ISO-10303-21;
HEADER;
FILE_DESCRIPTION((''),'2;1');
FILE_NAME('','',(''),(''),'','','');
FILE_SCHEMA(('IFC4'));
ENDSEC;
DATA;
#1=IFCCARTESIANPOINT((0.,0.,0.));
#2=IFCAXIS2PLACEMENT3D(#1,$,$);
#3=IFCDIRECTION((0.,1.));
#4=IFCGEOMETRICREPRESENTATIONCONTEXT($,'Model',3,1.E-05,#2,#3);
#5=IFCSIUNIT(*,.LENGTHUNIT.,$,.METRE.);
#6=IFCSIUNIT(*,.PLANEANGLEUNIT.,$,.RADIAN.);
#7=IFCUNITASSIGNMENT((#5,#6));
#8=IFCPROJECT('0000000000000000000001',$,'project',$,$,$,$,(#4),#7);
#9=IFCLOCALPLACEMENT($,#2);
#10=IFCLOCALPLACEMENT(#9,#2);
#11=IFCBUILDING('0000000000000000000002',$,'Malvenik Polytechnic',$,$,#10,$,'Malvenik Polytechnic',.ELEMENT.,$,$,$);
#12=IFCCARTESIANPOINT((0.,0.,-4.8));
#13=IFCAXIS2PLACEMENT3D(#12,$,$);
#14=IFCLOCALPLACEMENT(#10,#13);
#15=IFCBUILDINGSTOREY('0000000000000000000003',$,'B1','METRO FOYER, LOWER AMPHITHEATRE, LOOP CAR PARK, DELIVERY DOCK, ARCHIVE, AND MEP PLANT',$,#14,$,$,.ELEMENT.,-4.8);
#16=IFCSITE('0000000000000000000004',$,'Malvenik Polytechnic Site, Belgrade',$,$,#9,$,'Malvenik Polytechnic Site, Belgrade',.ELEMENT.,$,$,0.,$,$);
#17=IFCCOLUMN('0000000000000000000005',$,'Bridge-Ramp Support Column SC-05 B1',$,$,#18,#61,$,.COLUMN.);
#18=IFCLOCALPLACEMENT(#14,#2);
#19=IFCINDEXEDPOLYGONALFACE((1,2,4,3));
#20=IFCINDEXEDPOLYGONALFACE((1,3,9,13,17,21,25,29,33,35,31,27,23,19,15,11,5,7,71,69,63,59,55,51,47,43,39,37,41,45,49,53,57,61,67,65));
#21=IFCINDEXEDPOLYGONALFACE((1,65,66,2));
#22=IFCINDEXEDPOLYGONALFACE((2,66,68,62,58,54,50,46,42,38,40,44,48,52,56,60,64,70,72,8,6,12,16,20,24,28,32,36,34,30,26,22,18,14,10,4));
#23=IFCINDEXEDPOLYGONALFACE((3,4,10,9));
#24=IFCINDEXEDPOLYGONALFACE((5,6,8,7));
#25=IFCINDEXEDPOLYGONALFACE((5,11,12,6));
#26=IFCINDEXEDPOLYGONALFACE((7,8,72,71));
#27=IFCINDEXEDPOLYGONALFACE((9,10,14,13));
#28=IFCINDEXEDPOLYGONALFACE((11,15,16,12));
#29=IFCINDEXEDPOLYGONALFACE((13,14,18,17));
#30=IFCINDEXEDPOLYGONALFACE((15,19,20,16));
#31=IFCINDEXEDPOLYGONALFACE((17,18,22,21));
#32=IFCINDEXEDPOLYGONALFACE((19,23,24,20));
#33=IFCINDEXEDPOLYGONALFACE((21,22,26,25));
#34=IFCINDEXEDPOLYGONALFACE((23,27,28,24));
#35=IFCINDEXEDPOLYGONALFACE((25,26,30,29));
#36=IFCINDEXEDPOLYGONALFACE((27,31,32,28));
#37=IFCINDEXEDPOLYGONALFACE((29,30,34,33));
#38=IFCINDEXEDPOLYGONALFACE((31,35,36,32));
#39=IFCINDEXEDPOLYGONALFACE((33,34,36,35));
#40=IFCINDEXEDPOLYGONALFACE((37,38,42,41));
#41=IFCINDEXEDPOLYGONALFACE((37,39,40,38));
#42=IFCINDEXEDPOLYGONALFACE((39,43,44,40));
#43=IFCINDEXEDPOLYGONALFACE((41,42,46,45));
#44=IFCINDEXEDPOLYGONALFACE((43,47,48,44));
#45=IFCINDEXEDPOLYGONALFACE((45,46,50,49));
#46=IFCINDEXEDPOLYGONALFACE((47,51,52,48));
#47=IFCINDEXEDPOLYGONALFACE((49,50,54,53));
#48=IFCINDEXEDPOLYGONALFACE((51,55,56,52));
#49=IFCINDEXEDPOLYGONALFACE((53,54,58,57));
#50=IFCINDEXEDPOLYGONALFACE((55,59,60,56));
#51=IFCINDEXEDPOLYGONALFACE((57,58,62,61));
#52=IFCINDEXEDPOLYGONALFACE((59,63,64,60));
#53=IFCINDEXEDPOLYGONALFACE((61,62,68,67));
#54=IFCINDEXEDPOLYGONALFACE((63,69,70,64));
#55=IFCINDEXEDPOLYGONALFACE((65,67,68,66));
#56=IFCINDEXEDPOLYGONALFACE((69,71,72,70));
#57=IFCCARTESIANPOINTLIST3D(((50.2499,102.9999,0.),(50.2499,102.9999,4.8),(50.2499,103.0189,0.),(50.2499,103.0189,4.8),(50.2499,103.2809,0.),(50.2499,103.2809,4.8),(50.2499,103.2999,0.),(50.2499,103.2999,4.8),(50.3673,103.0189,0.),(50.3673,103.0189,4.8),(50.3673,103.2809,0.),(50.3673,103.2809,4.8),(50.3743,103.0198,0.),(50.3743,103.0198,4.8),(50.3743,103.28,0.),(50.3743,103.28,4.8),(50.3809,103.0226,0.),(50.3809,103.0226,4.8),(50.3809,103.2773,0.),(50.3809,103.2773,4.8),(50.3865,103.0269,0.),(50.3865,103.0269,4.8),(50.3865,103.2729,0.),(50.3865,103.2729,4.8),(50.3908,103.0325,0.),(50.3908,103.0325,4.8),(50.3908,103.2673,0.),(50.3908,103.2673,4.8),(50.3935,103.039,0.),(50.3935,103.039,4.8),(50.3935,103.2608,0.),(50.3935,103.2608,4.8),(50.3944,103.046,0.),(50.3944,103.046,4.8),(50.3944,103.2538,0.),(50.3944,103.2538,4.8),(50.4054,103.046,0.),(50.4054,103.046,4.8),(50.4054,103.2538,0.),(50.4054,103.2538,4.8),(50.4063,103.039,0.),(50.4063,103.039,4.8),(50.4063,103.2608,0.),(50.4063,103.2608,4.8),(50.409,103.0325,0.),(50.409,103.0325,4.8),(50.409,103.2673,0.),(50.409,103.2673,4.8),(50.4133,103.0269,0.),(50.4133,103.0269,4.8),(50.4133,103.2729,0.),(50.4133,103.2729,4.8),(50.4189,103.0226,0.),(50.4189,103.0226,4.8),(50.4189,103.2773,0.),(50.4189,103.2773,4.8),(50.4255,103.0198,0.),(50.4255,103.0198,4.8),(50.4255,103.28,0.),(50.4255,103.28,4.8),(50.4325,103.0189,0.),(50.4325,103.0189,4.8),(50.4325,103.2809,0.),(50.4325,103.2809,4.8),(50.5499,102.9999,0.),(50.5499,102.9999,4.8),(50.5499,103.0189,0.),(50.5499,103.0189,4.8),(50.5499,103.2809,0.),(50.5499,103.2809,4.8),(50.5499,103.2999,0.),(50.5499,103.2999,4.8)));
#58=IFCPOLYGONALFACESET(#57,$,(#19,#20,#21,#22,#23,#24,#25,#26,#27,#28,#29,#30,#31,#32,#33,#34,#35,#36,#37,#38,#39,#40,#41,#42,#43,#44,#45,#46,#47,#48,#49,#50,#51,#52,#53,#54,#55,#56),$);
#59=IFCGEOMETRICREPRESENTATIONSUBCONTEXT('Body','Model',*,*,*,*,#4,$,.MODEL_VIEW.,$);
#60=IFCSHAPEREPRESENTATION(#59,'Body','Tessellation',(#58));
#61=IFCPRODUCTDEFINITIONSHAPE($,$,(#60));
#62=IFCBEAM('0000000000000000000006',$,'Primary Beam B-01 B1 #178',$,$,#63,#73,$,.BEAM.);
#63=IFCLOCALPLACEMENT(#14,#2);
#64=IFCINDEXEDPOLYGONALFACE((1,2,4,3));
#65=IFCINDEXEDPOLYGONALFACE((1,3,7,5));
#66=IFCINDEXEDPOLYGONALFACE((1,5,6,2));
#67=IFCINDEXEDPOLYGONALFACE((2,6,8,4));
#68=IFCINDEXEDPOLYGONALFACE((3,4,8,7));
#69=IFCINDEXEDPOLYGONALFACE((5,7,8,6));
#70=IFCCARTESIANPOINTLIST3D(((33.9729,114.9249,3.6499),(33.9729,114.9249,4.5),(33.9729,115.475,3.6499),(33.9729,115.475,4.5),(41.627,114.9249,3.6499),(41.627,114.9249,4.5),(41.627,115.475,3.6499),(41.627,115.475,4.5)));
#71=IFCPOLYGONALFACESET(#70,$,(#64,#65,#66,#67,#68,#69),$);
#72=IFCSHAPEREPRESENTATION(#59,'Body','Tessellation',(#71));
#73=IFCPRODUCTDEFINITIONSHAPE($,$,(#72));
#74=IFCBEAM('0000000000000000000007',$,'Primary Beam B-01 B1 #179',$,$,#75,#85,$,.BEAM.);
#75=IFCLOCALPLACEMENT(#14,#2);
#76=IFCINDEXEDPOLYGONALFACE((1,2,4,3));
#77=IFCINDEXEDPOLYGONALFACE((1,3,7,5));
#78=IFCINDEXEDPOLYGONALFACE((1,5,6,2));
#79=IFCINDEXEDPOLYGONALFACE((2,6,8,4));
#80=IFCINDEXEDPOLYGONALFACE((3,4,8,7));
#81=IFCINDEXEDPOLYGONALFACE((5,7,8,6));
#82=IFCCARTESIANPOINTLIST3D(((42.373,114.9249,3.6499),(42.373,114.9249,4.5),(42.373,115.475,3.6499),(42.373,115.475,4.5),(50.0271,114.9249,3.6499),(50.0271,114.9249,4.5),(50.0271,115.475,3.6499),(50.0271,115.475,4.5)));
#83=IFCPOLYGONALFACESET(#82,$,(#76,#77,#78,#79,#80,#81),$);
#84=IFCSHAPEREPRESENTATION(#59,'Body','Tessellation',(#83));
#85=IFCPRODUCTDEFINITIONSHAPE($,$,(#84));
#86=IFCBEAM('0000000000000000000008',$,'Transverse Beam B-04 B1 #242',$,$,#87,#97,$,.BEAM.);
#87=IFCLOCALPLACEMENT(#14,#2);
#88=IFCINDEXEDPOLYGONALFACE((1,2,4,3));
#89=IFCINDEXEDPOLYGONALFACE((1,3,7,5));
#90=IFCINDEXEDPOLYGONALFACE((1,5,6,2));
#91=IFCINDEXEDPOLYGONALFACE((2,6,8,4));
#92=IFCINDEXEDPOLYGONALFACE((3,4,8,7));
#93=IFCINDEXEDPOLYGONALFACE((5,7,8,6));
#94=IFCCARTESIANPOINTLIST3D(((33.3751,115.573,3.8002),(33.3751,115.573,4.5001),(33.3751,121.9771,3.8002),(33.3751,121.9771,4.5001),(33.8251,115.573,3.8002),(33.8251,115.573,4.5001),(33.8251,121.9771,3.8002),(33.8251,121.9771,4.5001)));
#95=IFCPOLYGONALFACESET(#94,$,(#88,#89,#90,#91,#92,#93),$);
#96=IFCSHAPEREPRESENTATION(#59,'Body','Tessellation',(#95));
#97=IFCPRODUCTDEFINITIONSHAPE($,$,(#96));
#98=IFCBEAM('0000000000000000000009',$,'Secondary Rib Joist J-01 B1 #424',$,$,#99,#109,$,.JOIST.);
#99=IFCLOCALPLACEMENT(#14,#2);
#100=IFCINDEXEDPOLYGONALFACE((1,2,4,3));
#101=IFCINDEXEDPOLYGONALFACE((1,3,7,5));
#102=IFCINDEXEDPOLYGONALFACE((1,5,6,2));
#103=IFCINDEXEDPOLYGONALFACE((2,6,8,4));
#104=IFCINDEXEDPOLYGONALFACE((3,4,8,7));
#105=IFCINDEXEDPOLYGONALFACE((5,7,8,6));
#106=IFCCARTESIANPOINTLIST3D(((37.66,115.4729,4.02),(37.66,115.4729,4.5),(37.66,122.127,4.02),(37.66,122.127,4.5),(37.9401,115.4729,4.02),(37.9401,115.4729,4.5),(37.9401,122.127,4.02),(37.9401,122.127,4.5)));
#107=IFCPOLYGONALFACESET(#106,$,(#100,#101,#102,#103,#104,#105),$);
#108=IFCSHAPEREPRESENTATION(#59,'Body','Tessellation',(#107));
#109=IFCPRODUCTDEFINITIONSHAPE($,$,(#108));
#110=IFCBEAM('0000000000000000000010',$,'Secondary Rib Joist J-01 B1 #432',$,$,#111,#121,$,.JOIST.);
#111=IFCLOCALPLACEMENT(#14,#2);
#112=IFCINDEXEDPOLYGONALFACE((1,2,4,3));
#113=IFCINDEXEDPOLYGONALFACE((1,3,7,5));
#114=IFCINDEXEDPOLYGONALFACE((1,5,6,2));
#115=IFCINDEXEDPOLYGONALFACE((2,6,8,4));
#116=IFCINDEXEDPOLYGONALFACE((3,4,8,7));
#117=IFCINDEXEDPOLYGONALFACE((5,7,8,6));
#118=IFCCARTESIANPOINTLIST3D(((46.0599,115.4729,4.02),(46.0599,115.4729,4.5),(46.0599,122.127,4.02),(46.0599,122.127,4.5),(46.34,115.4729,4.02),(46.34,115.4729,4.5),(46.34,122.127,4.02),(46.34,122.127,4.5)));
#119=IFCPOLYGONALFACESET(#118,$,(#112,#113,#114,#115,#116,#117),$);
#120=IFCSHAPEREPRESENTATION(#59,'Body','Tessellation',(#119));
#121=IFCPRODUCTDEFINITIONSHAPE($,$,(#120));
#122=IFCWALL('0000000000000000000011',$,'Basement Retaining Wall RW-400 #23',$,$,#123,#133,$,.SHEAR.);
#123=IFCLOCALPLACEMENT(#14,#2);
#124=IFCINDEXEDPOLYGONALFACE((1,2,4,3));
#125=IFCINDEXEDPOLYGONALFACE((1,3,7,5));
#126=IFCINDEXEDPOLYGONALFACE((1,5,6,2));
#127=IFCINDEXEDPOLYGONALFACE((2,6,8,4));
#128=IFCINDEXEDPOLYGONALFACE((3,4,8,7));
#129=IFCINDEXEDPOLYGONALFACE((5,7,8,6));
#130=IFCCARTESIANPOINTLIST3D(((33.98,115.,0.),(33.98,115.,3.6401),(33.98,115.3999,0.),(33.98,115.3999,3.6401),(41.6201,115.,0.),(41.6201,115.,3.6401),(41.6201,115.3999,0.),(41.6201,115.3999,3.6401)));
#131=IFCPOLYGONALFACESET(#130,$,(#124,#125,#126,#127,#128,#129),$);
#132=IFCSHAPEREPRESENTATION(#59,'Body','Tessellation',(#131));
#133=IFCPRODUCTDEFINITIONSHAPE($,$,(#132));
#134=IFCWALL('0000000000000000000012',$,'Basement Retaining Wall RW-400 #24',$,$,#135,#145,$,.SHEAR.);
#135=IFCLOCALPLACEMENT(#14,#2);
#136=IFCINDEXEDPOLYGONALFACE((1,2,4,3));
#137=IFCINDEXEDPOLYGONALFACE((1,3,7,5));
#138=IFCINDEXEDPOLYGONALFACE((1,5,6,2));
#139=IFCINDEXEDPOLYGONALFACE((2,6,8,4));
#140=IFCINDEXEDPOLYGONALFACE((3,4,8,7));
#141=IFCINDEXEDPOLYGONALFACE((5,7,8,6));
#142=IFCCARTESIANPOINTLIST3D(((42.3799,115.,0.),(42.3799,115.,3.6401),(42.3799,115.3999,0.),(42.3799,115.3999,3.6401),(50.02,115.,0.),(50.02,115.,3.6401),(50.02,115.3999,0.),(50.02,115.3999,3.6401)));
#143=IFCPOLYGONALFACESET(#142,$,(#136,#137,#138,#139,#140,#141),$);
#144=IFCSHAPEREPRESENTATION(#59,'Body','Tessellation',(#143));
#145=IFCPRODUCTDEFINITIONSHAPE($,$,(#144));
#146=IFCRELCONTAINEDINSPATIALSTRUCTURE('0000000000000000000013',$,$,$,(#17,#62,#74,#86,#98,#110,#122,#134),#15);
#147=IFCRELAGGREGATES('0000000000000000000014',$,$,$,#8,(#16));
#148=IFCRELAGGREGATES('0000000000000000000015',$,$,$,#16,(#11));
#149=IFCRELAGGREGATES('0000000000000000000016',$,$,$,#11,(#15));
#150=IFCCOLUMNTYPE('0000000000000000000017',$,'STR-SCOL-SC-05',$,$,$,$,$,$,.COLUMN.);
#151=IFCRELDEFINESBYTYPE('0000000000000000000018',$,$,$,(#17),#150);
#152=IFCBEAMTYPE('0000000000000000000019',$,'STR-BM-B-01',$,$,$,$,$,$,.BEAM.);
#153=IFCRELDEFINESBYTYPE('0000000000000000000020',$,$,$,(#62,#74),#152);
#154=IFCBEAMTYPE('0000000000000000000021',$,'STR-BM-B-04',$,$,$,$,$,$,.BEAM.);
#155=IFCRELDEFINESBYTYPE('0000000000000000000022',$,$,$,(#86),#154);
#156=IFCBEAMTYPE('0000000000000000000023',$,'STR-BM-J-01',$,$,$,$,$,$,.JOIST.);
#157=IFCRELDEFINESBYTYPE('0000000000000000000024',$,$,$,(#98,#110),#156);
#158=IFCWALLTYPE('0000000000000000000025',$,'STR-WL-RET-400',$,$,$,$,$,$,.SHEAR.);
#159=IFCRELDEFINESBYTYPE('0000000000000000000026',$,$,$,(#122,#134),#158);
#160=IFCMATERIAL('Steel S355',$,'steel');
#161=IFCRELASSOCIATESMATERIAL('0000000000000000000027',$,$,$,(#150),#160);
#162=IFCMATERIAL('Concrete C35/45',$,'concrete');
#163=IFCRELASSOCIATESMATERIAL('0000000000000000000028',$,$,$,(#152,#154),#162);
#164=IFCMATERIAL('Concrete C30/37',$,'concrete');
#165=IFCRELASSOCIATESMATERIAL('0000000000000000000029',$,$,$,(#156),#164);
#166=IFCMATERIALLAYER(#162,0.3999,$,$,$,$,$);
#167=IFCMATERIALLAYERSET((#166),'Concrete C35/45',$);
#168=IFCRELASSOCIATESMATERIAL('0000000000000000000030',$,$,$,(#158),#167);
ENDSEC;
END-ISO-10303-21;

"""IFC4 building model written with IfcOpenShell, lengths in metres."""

from ifc_helpers import new_model, si_unit, direction, frame, frame_2d, origin, origin_2d, place, context, subcontext, project, spatial, rectangle, i_section, extrude, material, layer, layer_set, material_profile, profile_set, type_object, element, save


model = new_model("IFC4")

# Units and contexts
model_context = context("Model", 3, precision=1e-05, world=origin(), true_north=direction((0.0, 1.0)))
body_context = subcontext(model_context, "Body", "Model", "MODEL_VIEW")
ifc_project = project(units=[si_unit("LENGTHUNIT", "METRE"), si_unit("PLANEANGLEUNIT", "RADIAN")], contexts=[model_context])

# Site, building, storey
site_placement = place(None, origin())
site = spatial("IfcSite", under=ifc_project, at=site_placement, Name="Malvenik Polytechnic Site, Belgrade", LongName="Malvenik Polytechnic Site, Belgrade", CompositionType="ELEMENT", RefElevation=0.0)
building_placement = place(site_placement, origin())
building = spatial("IfcBuilding", under=site, at=building_placement, Name="Malvenik Polytechnic", LongName="Malvenik Polytechnic", CompositionType="ELEMENT")
storey_placement = place(building_placement, frame((0.0, 0.0, -4.8)))
storey = spatial("IfcBuildingStorey", under=building, at=storey_placement, Name="B1", Description="METRO FOYER, LOWER AMPHITHEATRE, LOOP CAR PARK, DELIVERY DOCK, ARCHIVE, AND MEP PLANT", CompositionType="ELEMENT", Elevation=-4.8)

# Shared definitions
ifc_material_1 = material(Name="Concrete C35/45", Category="concrete")

# Column
ifc_material_2 = material(Name="Steel S355", Category="steel")
ifc_material_profile_1 = material_profile(ifc_material_2, i_section(OverallWidth=0.3, OverallDepth=0.3, WebThickness=0.011, FlangeThickness=0.019, FilletRadius=0.0271, at=origin_2d()), Name="HEB 300")
ifc_profile_set_1 = profile_set([ifc_material_profile_1], Name="Steel S355")
column_type_1 = type_object("IfcColumnType", Name="STR-SCOL-SC-05", PredefinedType="COLUMN", material=ifc_profile_set_1)
column_placement = place(storey_placement, frame((50.3999, 103.1499, 0.0), z_axis=(0.0, 0.0, 1.0), x_axis=(1.0, 0.0, 0.0)))
element("IfcColumn", 1, at=column_placement, inside=storey, type_object=column_type_1, Name="Bridge-Ramp Support Column SC-05 B1", PredefinedType="COLUMN", context=body_context, shape_type="SweptSolid", body=[
    extrude(i_section(OverallWidth=0.3, OverallDepth=0.3, WebThickness=0.011, FlangeThickness=0.019, FilletRadius=0.0271, at=origin_2d()), origin(), (0.0, 0.0, 1.0), 4.8),
])

# Beams
ifc_material_profile_2 = material_profile(ifc_material_1, rectangle(XDim=0.55, YDim=0.8501, at=origin_2d()), Name="RC BM 550x850")
ifc_profile_set_2 = profile_set([ifc_material_profile_2], Name="Concrete C35/45")
beam_type_1 = type_object("IfcBeamType", Name="STR-BM-B-01", PredefinedType="BEAM", material=ifc_profile_set_2)
for number, where, z_axis, x_axis, name in (
    (2, (33.9729, 115.2, 4.075), (1.0, 0.0, 0.0), (0.0, 1.0, 0.0), "Primary Beam B-01 B1 #178"),
    (3, (42.373, 115.2, 4.075), (1.0, 0.0, 0.0), (0.0, 1.0, 0.0), "Primary Beam B-01 B1 #179"),
):
    element("IfcBeam", number, at=place(storey_placement, frame(where, z_axis=z_axis, x_axis=x_axis)), inside=storey, type_object=beam_type_1, Name=name, PredefinedType="BEAM", context=body_context, shape_type="SweptSolid", body=[
        extrude(rectangle(XDim=0.55, YDim=0.8501, at=origin_2d()), origin(), (0.0, 0.0, 1.0), 7.6541),
    ])
ifc_material_profile_3 = material_profile(ifc_material_1, rectangle(XDim=0.45, YDim=0.7, at=origin_2d()), Name="RC BM 450x700")
ifc_profile_set_3 = profile_set([ifc_material_profile_3], Name="Concrete C35/45")
beam_type_2 = type_object("IfcBeamType", Name="STR-BM-B-04", PredefinedType="BEAM", material=ifc_profile_set_3)
beam_placement = place(storey_placement, frame((33.6001, 115.573, 4.1501), z_axis=(0.0, 1.0, 0.0), x_axis=(-1.0, 0.0, 0.0)))
element("IfcBeam", 4, at=beam_placement, inside=storey, type_object=beam_type_2, Name="Transverse Beam B-04 B1 #242", PredefinedType="BEAM", context=body_context, shape_type="SweptSolid", body=[
    extrude(rectangle(XDim=0.45, YDim=0.7, at=origin_2d()), origin(), (0.0, 0.0, 1.0), 6.4041),
])
ifc_material_3 = material(Name="Concrete C30/37", Category="concrete")
ifc_material_profile_4 = material_profile(ifc_material_3, rectangle(XDim=0.28, YDim=0.48, at=origin_2d()), Name="RC JST 280x480")
ifc_profile_set_4 = profile_set([ifc_material_profile_4], Name="Concrete C30/37")
beam_type_3 = type_object("IfcBeamType", Name="STR-BM-J-01", PredefinedType="JOIST", material=ifc_profile_set_4)
for number, where, z_axis, x_axis, name in (
    (5, (37.8, 115.4729, 4.26), (0.0, 1.0, 0.0), (-1.0, 0.0, 0.0), "Secondary Rib Joist J-01 B1 #424"),
    (6, (46.2, 115.4729, 4.26), (0.0, 1.0, 0.0), (-1.0, 0.0, 0.0), "Secondary Rib Joist J-01 B1 #432"),
):
    element("IfcBeam", number, at=place(storey_placement, frame(where, z_axis=z_axis, x_axis=x_axis)), inside=storey, type_object=beam_type_3, Name=name, PredefinedType="JOIST", context=body_context, shape_type="SweptSolid", body=[
        extrude(rectangle(XDim=0.28, YDim=0.48, at=origin_2d()), origin(), (0.0, 0.0, 1.0), 6.6541),
    ])

# Walls
ifc_layer = layer(ifc_material_1, 0.3999)
ifc_layer_set = layer_set([ifc_layer], Name="Concrete C35/45")
wall_type = type_object("IfcWallType", Name="STR-WL-RET-400", PredefinedType="SHEAR", material=ifc_layer_set)
for number, where, z_axis, x_axis, name in (
    (7, (33.98, 115.2, 0.0), (0.0, 0.0, 1.0), (1.0, 0.0, 0.0), "Basement Retaining Wall RW-400 #23"),
    (8, (42.3799, 115.2, 0.0), (0.0, 0.0, 1.0), (1.0, 0.0, 0.0), "Basement Retaining Wall RW-400 #24"),
):
    element("IfcWall", number, at=place(storey_placement, frame(where, z_axis=z_axis, x_axis=x_axis)), inside=storey, type_object=wall_type, Name=name, PredefinedType="SHEAR", context=body_context, shape_type="SweptSolid", body=[
        extrude(rectangle(XDim=7.6401, YDim=0.3999, at=frame_2d((3.8201, 0.0))), origin(), (0.0, 0.0, 1.0), 3.6401),
    ])

save(model, "model.ifc")
